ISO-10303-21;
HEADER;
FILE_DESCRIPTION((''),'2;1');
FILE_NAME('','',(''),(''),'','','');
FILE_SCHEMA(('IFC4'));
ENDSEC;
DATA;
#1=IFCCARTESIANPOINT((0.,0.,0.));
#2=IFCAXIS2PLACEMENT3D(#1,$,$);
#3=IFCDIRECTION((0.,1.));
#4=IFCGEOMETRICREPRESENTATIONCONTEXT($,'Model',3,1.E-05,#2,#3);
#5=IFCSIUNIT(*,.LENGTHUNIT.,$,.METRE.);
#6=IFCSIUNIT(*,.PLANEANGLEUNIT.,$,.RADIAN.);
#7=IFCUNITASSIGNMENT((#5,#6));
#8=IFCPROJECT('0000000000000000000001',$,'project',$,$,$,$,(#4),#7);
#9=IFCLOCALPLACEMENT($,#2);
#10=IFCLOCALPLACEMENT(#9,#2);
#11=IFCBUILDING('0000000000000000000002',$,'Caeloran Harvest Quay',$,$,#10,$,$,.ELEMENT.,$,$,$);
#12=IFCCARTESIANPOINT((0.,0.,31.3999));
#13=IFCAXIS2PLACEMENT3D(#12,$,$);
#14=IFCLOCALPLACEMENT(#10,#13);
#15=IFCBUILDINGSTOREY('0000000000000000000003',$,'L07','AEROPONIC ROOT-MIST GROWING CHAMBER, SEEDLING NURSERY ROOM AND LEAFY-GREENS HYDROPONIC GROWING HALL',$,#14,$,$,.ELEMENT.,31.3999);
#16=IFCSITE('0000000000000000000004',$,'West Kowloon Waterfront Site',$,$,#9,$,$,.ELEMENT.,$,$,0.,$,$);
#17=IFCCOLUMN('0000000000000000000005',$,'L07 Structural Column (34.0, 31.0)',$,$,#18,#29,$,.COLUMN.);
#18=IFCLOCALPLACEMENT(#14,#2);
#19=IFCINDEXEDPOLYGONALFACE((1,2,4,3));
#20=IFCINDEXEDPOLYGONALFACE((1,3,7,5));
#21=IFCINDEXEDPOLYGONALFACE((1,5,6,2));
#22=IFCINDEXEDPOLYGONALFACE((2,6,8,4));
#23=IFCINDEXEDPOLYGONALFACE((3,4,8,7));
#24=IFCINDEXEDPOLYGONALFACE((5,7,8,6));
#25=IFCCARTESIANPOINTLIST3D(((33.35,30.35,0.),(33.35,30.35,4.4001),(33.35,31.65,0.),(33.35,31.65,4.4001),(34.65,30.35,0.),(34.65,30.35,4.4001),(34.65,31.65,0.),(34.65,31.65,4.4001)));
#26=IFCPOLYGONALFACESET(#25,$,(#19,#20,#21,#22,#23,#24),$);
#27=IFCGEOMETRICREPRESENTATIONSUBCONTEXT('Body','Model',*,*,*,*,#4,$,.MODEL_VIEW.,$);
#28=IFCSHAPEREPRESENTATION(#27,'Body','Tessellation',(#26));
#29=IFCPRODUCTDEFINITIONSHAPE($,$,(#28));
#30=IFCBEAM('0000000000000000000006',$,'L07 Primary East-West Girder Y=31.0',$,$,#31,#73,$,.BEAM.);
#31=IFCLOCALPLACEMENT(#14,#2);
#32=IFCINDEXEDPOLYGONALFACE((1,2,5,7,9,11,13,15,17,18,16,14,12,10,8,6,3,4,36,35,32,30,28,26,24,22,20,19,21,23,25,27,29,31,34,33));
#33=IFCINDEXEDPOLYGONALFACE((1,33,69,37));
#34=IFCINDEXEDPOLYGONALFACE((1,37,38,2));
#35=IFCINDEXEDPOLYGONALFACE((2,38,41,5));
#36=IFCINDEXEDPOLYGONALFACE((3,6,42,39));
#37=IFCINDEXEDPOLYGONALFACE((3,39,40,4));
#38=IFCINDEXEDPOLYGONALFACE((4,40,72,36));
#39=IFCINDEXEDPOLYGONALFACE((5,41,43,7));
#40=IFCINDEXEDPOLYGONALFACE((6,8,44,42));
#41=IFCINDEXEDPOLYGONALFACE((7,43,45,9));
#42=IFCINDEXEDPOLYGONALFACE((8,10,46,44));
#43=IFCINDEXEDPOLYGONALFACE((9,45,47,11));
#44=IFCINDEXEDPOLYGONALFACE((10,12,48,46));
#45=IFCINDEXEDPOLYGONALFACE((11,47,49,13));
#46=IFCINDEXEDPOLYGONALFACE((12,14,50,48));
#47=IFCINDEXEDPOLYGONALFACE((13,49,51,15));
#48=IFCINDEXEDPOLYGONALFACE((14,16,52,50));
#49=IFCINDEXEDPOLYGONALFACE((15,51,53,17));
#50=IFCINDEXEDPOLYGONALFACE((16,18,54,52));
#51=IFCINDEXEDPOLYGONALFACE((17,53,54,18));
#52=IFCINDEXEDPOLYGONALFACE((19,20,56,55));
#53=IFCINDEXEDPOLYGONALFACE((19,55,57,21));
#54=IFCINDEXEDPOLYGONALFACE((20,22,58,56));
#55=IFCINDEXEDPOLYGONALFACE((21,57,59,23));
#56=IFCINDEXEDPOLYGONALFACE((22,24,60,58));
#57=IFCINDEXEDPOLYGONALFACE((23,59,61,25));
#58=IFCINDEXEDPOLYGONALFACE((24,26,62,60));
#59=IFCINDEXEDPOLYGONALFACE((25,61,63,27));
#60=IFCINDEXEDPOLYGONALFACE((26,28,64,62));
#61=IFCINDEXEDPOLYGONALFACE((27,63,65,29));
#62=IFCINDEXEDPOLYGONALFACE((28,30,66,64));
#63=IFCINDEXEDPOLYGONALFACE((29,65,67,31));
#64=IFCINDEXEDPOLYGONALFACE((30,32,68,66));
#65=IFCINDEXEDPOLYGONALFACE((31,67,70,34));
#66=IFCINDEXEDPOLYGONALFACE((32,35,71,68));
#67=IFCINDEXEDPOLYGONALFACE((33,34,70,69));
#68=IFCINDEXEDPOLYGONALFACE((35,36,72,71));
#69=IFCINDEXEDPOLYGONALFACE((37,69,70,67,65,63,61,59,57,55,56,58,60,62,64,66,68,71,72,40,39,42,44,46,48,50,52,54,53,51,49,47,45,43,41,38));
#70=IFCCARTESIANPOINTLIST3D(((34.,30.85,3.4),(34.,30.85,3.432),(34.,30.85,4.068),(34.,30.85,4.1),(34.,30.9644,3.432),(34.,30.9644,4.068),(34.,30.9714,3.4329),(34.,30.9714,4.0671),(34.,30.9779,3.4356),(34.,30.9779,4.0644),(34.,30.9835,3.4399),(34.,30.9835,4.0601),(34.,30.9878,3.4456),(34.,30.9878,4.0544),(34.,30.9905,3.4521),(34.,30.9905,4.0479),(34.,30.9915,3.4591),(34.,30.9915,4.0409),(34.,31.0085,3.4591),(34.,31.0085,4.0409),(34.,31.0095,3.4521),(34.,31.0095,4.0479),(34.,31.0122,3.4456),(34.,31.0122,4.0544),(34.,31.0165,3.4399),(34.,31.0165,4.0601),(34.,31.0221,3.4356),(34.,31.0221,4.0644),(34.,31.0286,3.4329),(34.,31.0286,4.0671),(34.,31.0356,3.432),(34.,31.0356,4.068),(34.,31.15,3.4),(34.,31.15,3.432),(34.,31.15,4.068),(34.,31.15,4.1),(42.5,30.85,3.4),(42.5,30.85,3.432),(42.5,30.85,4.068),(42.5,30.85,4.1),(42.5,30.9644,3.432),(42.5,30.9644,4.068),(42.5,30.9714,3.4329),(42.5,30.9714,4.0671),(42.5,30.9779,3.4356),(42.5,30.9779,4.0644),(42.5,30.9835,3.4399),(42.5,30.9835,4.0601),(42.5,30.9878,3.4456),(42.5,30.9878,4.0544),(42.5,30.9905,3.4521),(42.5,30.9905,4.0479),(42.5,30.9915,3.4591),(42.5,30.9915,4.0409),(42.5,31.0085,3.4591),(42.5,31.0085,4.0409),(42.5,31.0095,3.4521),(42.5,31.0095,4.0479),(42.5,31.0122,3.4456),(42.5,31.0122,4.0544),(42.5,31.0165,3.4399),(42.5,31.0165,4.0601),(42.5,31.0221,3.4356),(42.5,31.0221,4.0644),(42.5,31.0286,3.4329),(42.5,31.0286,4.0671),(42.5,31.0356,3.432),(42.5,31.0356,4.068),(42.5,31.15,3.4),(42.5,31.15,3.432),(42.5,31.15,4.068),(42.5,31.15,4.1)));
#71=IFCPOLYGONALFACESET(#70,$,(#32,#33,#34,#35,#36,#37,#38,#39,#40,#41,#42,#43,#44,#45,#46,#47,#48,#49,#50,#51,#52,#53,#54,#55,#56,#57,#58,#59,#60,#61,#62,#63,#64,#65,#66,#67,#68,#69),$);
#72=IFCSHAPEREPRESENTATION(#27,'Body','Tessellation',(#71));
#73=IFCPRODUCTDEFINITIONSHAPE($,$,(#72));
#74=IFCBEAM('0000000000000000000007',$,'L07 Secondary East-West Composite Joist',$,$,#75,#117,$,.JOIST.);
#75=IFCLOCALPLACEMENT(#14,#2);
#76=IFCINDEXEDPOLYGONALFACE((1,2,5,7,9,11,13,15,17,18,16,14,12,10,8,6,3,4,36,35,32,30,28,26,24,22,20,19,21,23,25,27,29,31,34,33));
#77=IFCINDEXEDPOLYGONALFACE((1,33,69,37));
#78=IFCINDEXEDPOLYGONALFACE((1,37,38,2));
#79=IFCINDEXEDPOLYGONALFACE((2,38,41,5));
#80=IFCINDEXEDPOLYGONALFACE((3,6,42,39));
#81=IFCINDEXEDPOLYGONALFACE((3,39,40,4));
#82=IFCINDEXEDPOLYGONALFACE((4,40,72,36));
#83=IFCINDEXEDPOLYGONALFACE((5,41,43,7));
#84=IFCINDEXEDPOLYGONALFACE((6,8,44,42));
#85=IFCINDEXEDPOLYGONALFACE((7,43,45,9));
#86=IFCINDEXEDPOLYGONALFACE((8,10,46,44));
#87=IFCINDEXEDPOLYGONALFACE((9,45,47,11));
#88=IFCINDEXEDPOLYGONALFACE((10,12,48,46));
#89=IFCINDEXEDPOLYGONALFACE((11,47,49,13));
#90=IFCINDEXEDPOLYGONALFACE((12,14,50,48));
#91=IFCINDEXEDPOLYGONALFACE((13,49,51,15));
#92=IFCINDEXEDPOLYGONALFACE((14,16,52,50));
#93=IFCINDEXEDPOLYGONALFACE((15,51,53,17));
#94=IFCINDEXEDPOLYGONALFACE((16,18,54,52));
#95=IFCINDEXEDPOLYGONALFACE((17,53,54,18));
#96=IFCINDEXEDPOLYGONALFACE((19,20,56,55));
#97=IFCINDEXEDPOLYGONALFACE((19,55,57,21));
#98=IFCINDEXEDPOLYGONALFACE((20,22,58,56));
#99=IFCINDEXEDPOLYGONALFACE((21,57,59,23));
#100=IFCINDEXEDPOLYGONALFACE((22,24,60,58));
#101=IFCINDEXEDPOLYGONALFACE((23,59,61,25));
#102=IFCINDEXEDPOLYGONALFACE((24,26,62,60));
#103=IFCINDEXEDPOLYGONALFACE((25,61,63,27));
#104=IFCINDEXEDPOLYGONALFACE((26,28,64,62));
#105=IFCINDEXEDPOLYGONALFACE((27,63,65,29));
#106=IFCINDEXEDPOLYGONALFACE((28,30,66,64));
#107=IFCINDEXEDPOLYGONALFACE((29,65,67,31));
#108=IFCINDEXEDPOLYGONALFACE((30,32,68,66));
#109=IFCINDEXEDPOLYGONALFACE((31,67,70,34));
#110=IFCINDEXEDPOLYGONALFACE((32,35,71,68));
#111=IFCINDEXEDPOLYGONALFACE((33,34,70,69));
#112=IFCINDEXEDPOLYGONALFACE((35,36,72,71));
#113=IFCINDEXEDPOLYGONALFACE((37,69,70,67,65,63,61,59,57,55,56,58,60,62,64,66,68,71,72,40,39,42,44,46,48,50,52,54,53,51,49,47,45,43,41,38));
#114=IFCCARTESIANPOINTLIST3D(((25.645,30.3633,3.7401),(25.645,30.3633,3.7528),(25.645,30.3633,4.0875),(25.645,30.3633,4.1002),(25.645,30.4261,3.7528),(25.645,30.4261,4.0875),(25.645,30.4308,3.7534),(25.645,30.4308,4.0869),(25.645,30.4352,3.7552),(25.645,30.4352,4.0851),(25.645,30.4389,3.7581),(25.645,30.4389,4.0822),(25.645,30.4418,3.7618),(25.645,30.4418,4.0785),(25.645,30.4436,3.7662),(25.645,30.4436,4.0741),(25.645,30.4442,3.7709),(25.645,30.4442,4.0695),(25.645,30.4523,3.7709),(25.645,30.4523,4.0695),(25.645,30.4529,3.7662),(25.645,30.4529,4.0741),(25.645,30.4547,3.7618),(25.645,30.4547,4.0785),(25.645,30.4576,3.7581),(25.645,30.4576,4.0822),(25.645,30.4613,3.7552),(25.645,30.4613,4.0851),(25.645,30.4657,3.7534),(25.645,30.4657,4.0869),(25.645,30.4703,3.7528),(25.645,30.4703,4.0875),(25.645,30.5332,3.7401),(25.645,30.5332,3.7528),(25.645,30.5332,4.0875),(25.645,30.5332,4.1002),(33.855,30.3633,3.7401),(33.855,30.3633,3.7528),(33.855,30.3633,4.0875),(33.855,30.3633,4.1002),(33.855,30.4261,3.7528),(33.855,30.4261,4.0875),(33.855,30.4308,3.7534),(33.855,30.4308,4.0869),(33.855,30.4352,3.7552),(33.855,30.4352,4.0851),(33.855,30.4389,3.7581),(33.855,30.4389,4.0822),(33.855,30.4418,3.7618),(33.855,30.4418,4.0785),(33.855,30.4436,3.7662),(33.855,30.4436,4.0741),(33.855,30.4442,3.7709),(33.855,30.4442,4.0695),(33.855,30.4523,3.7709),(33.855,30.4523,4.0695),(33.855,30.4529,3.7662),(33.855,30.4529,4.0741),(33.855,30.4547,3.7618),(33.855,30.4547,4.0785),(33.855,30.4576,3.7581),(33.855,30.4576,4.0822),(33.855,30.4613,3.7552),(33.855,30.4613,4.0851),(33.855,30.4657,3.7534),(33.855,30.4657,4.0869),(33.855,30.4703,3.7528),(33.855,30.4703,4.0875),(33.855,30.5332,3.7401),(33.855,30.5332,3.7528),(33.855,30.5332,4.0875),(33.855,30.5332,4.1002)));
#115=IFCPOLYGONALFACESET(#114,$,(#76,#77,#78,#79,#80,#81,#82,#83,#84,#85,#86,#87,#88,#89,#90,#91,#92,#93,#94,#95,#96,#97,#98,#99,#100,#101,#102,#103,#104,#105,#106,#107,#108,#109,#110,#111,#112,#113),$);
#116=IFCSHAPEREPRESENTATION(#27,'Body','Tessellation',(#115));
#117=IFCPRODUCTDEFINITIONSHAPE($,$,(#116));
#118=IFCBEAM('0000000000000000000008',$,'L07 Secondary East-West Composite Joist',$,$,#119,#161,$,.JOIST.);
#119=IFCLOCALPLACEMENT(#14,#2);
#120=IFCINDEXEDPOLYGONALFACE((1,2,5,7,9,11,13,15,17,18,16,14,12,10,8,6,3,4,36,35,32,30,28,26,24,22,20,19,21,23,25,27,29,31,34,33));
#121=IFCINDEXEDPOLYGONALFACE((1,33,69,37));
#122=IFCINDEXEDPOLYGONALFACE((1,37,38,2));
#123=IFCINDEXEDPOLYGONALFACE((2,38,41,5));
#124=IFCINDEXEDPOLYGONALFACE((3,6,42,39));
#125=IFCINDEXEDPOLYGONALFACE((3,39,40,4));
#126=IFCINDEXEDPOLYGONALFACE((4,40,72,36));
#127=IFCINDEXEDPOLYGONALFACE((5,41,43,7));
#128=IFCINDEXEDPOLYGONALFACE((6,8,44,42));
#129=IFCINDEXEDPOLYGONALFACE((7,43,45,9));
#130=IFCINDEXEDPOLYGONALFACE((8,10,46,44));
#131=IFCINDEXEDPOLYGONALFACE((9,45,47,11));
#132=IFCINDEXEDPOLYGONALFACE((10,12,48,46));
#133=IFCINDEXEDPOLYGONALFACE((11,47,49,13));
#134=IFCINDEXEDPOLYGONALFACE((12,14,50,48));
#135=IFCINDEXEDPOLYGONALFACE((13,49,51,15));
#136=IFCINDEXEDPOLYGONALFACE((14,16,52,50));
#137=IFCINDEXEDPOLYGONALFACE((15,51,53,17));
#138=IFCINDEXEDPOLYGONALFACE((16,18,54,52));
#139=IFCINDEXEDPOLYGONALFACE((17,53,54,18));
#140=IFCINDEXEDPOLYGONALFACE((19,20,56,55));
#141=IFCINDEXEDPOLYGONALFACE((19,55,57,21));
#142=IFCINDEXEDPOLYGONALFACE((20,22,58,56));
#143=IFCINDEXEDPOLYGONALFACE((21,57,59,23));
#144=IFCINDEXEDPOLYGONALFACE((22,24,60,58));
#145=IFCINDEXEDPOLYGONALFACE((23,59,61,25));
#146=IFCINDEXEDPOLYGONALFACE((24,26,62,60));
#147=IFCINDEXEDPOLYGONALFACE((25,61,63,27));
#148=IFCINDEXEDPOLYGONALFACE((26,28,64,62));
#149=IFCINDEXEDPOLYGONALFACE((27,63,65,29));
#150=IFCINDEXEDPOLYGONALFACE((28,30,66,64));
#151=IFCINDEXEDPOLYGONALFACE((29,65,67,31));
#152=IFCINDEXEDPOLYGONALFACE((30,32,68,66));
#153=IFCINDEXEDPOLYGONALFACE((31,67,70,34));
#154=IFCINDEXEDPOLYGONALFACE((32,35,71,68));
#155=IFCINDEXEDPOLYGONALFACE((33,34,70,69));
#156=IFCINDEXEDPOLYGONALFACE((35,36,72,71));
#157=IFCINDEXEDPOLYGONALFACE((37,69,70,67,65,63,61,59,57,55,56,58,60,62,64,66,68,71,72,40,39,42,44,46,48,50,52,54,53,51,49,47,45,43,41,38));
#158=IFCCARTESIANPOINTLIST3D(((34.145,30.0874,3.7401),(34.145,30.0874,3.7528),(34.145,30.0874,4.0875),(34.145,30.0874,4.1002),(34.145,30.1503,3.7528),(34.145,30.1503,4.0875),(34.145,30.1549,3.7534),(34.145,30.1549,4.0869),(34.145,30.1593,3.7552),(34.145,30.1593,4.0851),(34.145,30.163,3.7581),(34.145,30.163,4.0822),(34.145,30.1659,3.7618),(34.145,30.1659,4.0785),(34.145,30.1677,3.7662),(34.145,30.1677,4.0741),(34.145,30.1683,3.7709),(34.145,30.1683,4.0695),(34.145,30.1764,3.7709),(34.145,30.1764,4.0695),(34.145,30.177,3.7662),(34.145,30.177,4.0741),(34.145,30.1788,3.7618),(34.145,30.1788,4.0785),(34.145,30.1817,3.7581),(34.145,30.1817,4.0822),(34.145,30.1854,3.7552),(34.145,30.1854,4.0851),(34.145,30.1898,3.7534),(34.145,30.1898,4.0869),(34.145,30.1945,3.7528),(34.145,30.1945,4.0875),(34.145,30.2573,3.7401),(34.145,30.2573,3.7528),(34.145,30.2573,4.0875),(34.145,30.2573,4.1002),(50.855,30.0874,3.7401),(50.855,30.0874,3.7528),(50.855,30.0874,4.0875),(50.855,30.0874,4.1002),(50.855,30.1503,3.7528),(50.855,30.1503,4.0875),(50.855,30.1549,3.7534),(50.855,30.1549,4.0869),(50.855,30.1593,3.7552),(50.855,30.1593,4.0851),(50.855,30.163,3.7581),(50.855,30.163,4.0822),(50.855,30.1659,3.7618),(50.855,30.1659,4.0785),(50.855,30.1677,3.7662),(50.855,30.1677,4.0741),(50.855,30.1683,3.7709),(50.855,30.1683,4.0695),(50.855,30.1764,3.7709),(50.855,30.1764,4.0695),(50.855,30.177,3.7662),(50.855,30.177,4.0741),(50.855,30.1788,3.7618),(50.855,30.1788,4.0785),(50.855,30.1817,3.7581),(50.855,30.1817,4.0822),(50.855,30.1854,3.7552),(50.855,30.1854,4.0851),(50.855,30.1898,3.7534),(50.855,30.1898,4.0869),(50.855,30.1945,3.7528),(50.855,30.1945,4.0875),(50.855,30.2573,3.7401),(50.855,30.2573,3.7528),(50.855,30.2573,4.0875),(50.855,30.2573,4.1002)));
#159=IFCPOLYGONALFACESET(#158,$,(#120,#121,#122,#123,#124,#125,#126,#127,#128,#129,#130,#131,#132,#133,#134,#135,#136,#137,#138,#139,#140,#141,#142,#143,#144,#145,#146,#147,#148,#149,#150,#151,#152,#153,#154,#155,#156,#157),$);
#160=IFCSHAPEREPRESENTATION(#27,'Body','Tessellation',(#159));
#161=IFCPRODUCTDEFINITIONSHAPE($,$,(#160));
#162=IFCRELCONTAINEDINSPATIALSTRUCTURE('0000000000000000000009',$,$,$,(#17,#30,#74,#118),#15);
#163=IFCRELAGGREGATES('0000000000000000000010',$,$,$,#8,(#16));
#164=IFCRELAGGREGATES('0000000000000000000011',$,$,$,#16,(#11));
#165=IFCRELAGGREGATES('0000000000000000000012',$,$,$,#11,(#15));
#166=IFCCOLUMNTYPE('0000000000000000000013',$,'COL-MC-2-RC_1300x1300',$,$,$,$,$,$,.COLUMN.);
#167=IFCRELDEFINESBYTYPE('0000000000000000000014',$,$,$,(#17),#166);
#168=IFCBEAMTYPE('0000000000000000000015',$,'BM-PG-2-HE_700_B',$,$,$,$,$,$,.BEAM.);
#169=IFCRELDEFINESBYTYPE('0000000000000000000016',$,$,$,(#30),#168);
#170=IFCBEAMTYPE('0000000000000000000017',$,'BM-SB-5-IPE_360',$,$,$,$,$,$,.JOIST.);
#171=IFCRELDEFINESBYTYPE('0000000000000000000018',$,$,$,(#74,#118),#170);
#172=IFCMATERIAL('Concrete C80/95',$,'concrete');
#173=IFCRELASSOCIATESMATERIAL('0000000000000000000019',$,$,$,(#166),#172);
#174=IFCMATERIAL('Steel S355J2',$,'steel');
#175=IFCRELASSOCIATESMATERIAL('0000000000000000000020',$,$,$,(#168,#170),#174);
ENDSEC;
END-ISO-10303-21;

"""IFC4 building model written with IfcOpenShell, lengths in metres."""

from ifc_helpers import new_model, si_unit, direction, frame, origin, origin_2d, place, context, subcontext, project, spatial, rectangle, i_section, extrude, material, material_profile, profile_set, type_object, element, save


model = new_model("IFC4")

# Units and contexts
model_context = context("Model", 3, precision=1e-05, world=origin(), true_north=direction((0.0, 1.0)))
body_context = subcontext(model_context, "Body", "Model", "MODEL_VIEW")
ifc_project = project(units=[si_unit("LENGTHUNIT", "METRE"), si_unit("PLANEANGLEUNIT", "RADIAN")], contexts=[model_context])

# Site, building, storey
site_placement = place(None, origin())
site = spatial("IfcSite", under=ifc_project, at=site_placement, Name="West Kowloon Waterfront Site", CompositionType="ELEMENT", RefElevation=0.0)
building_placement = place(site_placement, origin())
building = spatial("IfcBuilding", under=site, at=building_placement, Name="Caeloran Harvest Quay", CompositionType="ELEMENT")
storey_placement = place(building_placement, frame((0.0, 0.0, 31.3999)))
storey = spatial("IfcBuildingStorey", under=building, at=storey_placement, Name="L07", Description="AEROPONIC ROOT-MIST GROWING CHAMBER, SEEDLING NURSERY ROOM AND LEAFY-GREENS HYDROPONIC GROWING HALL", CompositionType="ELEMENT", Elevation=31.3999)

# Column
ifc_material_1 = material(Name="Concrete C80/95", Category="concrete")
ifc_material_profile_1 = material_profile(ifc_material_1, rectangle(XDim=1.3, YDim=1.3, at=origin_2d()), Name="RC 1300x1300")
ifc_profile_set_1 = profile_set([ifc_material_profile_1], Name="Concrete C80/95")
column_type = type_object("IfcColumnType", Name="COL-MC-2-RC_1300x1300", PredefinedType="COLUMN", material=ifc_profile_set_1)
column_placement = place(storey_placement, frame((34.0, 31.0, 0.0), z_axis=(0.0, 0.0, 1.0), x_axis=(1.0, 0.0, 0.0)))
element("IfcColumn", 1, at=column_placement, inside=storey, type_object=column_type, Name="L07 Structural Column (34.0, 31.0)", PredefinedType="COLUMN", context=body_context, shape_type="SweptSolid", body=[
    extrude(rectangle(XDim=1.3, YDim=1.3, at=origin_2d()), origin(), (0.0, 0.0, 1.0), 4.4001),
])

# Beams
ifc_material_2 = material(Name="Steel S355J2", Category="steel")
ifc_material_profile_2 = material_profile(ifc_material_2, i_section(OverallWidth=0.3, OverallDepth=0.7, WebThickness=0.0171, FlangeThickness=0.032, FilletRadius=0.0271, at=origin_2d()), Name="HE 700 B")
ifc_profile_set_2 = profile_set([ifc_material_profile_2], Name="Steel S355J2")
beam_type_1 = type_object("IfcBeamType", Name="BM-PG-2-HE_700_B", PredefinedType="BEAM", material=ifc_profile_set_2)
beam_1_placement = place(storey_placement, frame((34.0, 31.0, 3.75), z_axis=(1.0, 0.0, 0.0), x_axis=(0.0, 1.0, 0.0)))
element("IfcBeam", 2, at=beam_1_placement, inside=storey, type_object=beam_type_1, Name="L07 Primary East-West Girder Y=31.0", PredefinedType="BEAM", context=body_context, shape_type="SweptSolid", body=[
    extrude(i_section(OverallWidth=0.3, OverallDepth=0.7, WebThickness=0.0171, FlangeThickness=0.032, FilletRadius=0.0271, at=origin_2d()), origin(), (0.0, 0.0, 1.0), 8.5),
])
ifc_material_profile_3 = material_profile(ifc_material_2, i_section(OverallWidth=0.1699, OverallDepth=0.3601, WebThickness=0.0081, FlangeThickness=0.0127, FilletRadius=0.0181, at=origin_2d()), Name="IPE 360")
ifc_profile_set_3 = profile_set([ifc_material_profile_3], Name="Steel S355J2")
beam_type_2 = type_object("IfcBeamType", Name="BM-SB-5-IPE_360", PredefinedType="JOIST", material=ifc_profile_set_3)
beam_2_placement = place(storey_placement, frame((25.645, 30.4482, 3.9202), z_axis=(1.0, 0.0, 0.0), x_axis=(0.0, 1.0, 0.0)))
element("IfcBeam", 3, at=beam_2_placement, inside=storey, type_object=beam_type_2, Name="L07 Secondary East-West Composite Joist", PredefinedType="JOIST", context=body_context, shape_type="SweptSolid", body=[
    extrude(i_section(OverallWidth=0.1699, OverallDepth=0.3601, WebThickness=0.0081, FlangeThickness=0.0127, FilletRadius=0.0181, at=origin_2d()), origin(), (0.0, 0.0, 1.0), 8.21),
])
for number, where, z_axis, x_axis, name in (
    (4, (34.145, 30.1724, 3.9202), (1.0, 0.0, 0.0), (0.0, 1.0, 0.0), "L07 Secondary East-West Composite Joist"),
):
    element("IfcBeam", number, at=place(storey_placement, frame(where, z_axis=z_axis, x_axis=x_axis)), inside=storey, type_object=beam_type_2, Name=name, PredefinedType="JOIST", context=body_context, shape_type="SweptSolid", body=[
        extrude(i_section(OverallWidth=0.1699, OverallDepth=0.3601, WebThickness=0.0081, FlangeThickness=0.0127, FilletRadius=0.0181, at=origin_2d()), origin(), (0.0, 0.0, 1.0), 16.71),
    ])

save(model, "model.ifc")
